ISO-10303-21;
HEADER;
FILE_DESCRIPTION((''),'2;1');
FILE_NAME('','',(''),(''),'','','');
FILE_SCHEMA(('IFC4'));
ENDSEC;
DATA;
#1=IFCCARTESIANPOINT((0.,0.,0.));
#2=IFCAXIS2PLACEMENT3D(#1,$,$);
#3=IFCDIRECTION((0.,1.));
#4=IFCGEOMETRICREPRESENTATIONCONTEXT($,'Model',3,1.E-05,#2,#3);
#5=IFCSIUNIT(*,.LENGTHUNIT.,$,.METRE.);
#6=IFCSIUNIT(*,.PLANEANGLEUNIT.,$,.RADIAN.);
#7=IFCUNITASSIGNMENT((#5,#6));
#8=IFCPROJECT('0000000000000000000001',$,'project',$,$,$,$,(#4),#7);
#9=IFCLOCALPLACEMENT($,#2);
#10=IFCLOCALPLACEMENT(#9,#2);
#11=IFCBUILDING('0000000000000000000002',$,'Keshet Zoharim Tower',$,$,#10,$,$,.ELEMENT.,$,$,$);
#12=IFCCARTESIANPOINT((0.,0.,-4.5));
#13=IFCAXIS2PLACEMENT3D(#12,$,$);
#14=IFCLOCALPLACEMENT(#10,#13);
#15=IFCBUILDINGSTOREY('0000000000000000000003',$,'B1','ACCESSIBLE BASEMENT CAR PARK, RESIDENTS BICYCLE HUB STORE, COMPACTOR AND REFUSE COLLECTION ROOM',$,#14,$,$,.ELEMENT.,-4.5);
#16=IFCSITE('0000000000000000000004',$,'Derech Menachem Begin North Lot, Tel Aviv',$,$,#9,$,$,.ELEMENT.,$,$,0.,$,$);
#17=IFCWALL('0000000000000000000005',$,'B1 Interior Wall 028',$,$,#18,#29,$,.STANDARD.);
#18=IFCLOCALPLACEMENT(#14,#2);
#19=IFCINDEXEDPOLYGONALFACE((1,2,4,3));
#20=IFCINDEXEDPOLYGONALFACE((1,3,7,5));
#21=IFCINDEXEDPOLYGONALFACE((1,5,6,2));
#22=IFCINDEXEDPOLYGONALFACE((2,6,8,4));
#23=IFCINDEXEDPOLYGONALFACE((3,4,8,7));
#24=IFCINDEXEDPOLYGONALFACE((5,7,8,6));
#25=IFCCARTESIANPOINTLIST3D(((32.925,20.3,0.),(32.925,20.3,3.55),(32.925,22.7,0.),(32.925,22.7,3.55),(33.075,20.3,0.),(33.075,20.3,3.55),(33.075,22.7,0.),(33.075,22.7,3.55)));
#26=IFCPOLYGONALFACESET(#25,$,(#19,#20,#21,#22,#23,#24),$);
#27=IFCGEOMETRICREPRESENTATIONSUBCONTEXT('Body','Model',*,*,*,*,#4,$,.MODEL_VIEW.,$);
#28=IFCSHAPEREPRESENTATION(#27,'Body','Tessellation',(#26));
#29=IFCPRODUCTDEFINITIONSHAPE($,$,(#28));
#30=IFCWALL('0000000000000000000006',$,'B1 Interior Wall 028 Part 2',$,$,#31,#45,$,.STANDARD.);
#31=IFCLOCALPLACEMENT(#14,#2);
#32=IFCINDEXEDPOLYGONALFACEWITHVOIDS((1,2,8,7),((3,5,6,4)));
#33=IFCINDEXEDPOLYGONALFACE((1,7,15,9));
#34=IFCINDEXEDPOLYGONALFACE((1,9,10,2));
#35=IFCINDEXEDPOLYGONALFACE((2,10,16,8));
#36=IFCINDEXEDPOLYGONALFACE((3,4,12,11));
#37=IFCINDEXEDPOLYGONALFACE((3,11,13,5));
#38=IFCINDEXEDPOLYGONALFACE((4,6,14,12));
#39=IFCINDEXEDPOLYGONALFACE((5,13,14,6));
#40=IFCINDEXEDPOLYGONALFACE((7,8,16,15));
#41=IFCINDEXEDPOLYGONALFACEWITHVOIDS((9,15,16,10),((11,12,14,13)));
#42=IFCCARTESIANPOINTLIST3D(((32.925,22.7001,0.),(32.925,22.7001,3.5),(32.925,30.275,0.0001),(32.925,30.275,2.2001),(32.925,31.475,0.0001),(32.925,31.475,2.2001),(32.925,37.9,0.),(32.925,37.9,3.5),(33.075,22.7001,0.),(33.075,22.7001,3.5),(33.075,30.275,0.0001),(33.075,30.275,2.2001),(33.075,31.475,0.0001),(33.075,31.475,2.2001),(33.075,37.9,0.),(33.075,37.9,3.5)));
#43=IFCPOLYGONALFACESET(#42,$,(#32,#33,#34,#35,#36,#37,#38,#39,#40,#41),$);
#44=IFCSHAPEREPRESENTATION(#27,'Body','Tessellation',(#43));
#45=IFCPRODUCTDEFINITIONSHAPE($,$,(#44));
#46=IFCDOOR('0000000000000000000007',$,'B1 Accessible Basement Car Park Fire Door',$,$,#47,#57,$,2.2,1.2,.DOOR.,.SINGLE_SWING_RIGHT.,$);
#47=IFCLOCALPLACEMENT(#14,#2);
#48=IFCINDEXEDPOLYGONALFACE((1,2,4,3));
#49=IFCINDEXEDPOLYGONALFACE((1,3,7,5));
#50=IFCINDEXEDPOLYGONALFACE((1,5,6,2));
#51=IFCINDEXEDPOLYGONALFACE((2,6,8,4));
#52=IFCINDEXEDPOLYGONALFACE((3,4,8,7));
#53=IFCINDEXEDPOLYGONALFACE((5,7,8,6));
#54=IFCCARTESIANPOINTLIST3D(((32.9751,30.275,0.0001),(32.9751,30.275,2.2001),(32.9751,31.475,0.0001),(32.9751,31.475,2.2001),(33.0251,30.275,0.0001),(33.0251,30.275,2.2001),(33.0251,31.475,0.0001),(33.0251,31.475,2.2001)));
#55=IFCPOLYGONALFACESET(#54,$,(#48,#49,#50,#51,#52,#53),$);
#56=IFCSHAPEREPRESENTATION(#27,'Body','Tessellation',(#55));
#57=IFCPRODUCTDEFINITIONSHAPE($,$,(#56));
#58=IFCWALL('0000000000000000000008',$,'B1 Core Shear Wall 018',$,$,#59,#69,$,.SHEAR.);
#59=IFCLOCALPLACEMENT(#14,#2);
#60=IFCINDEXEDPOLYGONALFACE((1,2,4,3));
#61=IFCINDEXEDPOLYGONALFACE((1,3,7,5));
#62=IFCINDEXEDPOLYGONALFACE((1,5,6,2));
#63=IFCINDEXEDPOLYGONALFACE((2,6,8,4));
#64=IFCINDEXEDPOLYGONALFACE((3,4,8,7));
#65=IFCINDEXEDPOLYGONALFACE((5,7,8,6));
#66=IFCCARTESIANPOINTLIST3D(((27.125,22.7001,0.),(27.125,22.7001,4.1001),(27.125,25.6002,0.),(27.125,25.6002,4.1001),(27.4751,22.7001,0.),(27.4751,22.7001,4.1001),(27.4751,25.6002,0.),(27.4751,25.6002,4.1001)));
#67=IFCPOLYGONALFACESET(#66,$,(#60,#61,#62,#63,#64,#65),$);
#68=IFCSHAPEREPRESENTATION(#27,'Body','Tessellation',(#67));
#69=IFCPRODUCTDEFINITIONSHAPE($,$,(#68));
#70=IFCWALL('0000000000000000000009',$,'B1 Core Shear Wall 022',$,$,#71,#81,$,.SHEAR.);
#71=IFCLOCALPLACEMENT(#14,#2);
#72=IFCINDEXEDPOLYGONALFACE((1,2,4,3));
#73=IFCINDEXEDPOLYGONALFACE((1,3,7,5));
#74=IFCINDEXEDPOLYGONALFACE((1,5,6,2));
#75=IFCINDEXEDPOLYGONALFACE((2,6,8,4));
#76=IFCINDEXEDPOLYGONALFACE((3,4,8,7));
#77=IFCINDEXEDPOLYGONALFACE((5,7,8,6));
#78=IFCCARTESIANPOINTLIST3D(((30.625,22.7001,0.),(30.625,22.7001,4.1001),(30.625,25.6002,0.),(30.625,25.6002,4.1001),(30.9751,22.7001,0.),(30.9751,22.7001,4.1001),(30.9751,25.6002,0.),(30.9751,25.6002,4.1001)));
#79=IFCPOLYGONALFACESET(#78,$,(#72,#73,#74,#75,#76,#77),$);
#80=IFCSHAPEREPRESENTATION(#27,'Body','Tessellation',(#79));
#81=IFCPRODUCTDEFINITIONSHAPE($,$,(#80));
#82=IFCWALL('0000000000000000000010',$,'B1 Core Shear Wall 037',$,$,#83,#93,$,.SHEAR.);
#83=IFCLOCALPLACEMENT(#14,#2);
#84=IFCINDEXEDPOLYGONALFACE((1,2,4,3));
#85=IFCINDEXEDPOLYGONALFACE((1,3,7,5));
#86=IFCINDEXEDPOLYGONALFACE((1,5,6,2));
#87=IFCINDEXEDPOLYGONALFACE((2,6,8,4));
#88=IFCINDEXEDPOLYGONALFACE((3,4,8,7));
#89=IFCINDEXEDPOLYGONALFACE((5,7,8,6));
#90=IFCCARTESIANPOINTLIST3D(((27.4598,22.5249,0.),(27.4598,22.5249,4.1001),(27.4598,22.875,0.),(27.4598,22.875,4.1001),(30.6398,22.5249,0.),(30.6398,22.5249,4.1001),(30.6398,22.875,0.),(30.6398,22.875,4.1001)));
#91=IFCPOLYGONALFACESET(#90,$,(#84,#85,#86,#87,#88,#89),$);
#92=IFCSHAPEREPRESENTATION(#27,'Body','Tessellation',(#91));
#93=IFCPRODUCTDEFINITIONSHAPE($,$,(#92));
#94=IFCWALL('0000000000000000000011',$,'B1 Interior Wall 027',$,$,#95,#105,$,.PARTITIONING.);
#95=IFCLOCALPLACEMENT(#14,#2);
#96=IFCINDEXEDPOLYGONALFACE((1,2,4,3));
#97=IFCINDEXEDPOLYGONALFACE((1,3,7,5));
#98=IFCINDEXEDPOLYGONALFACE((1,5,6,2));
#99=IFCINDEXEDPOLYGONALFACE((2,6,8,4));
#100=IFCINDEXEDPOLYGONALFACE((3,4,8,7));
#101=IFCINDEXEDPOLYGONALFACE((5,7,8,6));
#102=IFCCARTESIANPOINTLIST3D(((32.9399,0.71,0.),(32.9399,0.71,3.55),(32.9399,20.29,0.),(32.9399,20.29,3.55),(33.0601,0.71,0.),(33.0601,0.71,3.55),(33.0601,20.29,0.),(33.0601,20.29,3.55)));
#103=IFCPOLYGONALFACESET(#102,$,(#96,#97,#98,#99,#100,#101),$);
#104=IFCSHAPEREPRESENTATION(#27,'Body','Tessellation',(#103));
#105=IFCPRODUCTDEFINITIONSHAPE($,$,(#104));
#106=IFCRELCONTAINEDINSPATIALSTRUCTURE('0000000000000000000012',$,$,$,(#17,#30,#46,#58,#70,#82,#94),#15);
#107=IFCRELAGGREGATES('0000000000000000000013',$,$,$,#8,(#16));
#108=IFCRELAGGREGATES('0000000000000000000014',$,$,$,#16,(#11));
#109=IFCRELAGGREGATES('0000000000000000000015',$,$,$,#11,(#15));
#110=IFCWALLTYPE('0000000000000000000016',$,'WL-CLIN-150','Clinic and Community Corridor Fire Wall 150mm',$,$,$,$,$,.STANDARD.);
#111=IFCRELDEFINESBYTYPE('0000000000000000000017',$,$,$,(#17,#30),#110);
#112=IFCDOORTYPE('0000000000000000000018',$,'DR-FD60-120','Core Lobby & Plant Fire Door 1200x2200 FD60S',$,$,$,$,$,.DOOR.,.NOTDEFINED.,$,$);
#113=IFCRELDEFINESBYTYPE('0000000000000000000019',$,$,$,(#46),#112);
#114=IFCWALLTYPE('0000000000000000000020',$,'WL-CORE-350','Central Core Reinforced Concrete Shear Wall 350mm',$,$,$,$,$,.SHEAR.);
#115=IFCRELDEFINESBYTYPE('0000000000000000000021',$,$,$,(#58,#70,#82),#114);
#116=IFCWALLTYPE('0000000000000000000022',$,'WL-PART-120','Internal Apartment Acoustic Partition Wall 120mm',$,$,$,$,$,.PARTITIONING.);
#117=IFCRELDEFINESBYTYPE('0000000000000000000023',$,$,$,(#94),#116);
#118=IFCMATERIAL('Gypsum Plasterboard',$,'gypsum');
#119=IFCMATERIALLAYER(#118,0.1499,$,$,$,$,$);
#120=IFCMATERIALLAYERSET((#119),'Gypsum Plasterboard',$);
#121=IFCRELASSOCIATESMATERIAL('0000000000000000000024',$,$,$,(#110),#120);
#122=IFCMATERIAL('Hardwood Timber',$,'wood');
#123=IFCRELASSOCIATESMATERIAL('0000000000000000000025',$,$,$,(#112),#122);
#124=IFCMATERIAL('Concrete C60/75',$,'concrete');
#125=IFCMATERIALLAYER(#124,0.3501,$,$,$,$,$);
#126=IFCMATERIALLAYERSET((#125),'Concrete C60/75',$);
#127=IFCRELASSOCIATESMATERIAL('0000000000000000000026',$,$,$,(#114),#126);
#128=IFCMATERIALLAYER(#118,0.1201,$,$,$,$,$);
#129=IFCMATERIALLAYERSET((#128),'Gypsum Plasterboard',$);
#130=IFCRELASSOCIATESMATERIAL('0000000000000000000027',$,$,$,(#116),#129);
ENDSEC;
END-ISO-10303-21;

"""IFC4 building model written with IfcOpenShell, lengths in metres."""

from ifc_helpers import new_model, si_unit, direction, frame, frame_2d, origin, place, context, subcontext, project, spatial, rectangle, extrude, material, layer, layer_set, type_object, element, fill, save


model = new_model("IFC4")

# Units and contexts
model_context = context("Model", 3, precision=1e-05, world=origin(), true_north=direction((0.0, 1.0)))
body_context = subcontext(model_context, "Body", "Model", "MODEL_VIEW")
ifc_project = project(units=[si_unit("LENGTHUNIT", "METRE"), si_unit("PLANEANGLEUNIT", "RADIAN")], contexts=[model_context])

# Site, building, storey
site_placement = place(None, origin())
site = spatial("IfcSite", under=ifc_project, at=site_placement, Name="Derech Menachem Begin North Lot, Tel Aviv", CompositionType="ELEMENT", RefElevation=0.0)
building_placement = place(site_placement, origin())
building = spatial("IfcBuilding", under=site, at=building_placement, Name="Keshet Zoharim Tower", CompositionType="ELEMENT")
storey_placement = place(building_placement, frame((0.0, 0.0, -4.5)))
storey = spatial("IfcBuildingStorey", under=building, at=storey_placement, Name="B1", Description="ACCESSIBLE BASEMENT CAR PARK, RESIDENTS BICYCLE HUB STORE, COMPACTOR AND REFUSE COLLECTION ROOM", CompositionType="ELEMENT", Elevation=-4.5)

# Shared definitions
ifc_material_1 = material(Name="Concrete C60/75", Category="concrete")

# Wall
ifc_material_2 = material(Name="Gypsum Plasterboard", Category="gypsum")
ifc_layer_1 = layer(ifc_material_2, 0.1499)
ifc_layer_set_1 = layer_set([ifc_layer_1], Name="Gypsum Plasterboard")
wall_type_1 = type_object("IfcWallType", Name="WL-CLIN-150", Description="Clinic and Community Corridor Fire Wall 150mm", PredefinedType="STANDARD", material=ifc_layer_set_1)
wall_1_placement = place(storey_placement, frame((33.0, 20.3, 0.0), z_axis=(0.0, 0.0, 1.0), x_axis=(0.0, 1.0, 0.0)))
element("IfcWall", 1, at=wall_1_placement, inside=storey, type_object=wall_type_1, Name="B1 Interior Wall 028", PredefinedType="STANDARD", context=body_context, shape_type="SweptSolid", body=[
    extrude(rectangle(XDim=2.3999, YDim=0.1499, at=frame_2d((1.2, 0.0))), origin(), (0.0, 0.0, 1.0), 3.55),
])

# Wall, opening, door
wall_2_placement = place(storey_placement, frame((33.0, 22.7, 0.0), z_axis=(0.0, 0.0, 1.0), x_axis=(0.0, 1.0, 0.0)))
wall_2 = element("IfcWall", 2, at=wall_2_placement, inside=storey, type_object=wall_type_1, Name="B1 Interior Wall 028 Part 2", PredefinedType="STANDARD", context=body_context, shape_type="SweptSolid", body=[
    extrude(rectangle(XDim=15.2, YDim=0.1499, at=frame_2d((7.6001, 0.0))), origin(), (0.0, 0.0, 1.0), 3.5),
])
opening_placement = place(wall_2_placement, frame((7.575, 0.0, 0.0)))
opening = element("IfcOpeningElement", 3, at=opening_placement, cuts=wall_2, PredefinedType="OPENING", context=body_context, shape_type="SweptSolid", body=[
    extrude(rectangle(XDim=1.2, YDim=2.2, at=frame_2d((0.6001, 1.1001))), frame((0.0, 0.085, 0.0), z_axis=(0.0, -1.0, 0.0), x_axis=(1.0, 0.0, 0.0)), (0.0, 0.0, 1.0), 0.1699),
])
ifc_material_3 = material(Name="Hardwood Timber", Category="wood")
door_type = type_object("IfcDoorType", Name="DR-FD60-120", Description="Core Lobby & Plant Fire Door 1200x2200 FD60S", OperationType="NOTDEFINED", PredefinedType="DOOR", material=ifc_material_3)
door_placement = place(opening_placement, origin())
door = element("IfcDoor", 4, at=door_placement, inside=storey, type_object=door_type, Name="B1 Accessible Basement Car Park Fire Door", OperationType="SINGLE_SWING_RIGHT", OverallHeight=2.2, OverallWidth=1.2, PredefinedType="DOOR", context=body_context, shape_type="SweptSolid", body=[
    extrude(rectangle(XDim=1.2, YDim=2.2, at=frame_2d((0.6001, 1.1001))), frame((0.0, 0.0249, 0.0), z_axis=(0.0, -1.0, 0.0), x_axis=(1.0, 0.0, 0.0)), (0.0, 0.0, 1.0), 0.05),
])
fill(opening, door)

# Walls
ifc_layer_2 = layer(ifc_material_1, 0.3501)
ifc_layer_set_2 = layer_set([ifc_layer_2], Name="Concrete C60/75")
wall_type_2 = type_object("IfcWallType", Name="WL-CORE-350", Description="Central Core Reinforced Concrete Shear Wall 350mm", PredefinedType="SHEAR", material=ifc_layer_set_2)
for number, where, z_axis, x_axis, name in (
    (5, (27.3, 22.7, 0.0), (0.0, 0.0, 1.0), (0.0, 1.0, 0.0), "B1 Core Shear Wall 018"),
    (6, (30.8, 22.7, 0.0), (0.0, 0.0, 1.0), (0.0, 1.0, 0.0), "B1 Core Shear Wall 022"),
):
    element("IfcWall", number, at=place(storey_placement, frame(where, z_axis=z_axis, x_axis=x_axis)), inside=storey, type_object=wall_type_2, Name=name, PredefinedType="SHEAR", context=body_context, shape_type="SweptSolid", body=[
        extrude(rectangle(XDim=2.9001, YDim=0.3501, at=frame_2d((1.4502, 0.0))), origin(), (0.0, 0.0, 1.0), 4.1001),
    ])
wall_3_placement = place(storey_placement, frame((27.46, 22.7, 0.0), z_axis=(0.0, 0.0, 1.0), x_axis=(1.0, 0.0, 0.0)))
element("IfcWall", 7, at=wall_3_placement, inside=storey, type_object=wall_type_2, Name="B1 Core Shear Wall 037", PredefinedType="SHEAR", context=body_context, shape_type="SweptSolid", body=[
    extrude(rectangle(XDim=3.1799, YDim=0.3501, at=frame_2d((1.5898, 0.0))), origin(), (0.0, 0.0, 1.0), 4.1001),
])
ifc_layer_3 = layer(ifc_material_2, 0.1201)
ifc_layer_set_3 = layer_set([ifc_layer_3], Name="Gypsum Plasterboard")
wall_type_3 = type_object("IfcWallType", Name="WL-PART-120", Description="Internal Apartment Acoustic Partition Wall 120mm", PredefinedType="PARTITIONING", material=ifc_layer_set_3)
wall_4_placement = place(storey_placement, frame((33.0, 0.71, 0.0), z_axis=(0.0, 0.0, 1.0), x_axis=(0.0, 1.0, 0.0)))
element("IfcWall", 8, at=wall_4_placement, inside=storey, type_object=wall_type_3, Name="B1 Interior Wall 027", PredefinedType="PARTITIONING", context=body_context, shape_type="SweptSolid", body=[
    extrude(rectangle(XDim=19.5801, YDim=0.1201, at=frame_2d((9.79, 0.0))), origin(), (0.0, 0.0, 1.0), 3.55),
])

save(model, "model.ifc")
